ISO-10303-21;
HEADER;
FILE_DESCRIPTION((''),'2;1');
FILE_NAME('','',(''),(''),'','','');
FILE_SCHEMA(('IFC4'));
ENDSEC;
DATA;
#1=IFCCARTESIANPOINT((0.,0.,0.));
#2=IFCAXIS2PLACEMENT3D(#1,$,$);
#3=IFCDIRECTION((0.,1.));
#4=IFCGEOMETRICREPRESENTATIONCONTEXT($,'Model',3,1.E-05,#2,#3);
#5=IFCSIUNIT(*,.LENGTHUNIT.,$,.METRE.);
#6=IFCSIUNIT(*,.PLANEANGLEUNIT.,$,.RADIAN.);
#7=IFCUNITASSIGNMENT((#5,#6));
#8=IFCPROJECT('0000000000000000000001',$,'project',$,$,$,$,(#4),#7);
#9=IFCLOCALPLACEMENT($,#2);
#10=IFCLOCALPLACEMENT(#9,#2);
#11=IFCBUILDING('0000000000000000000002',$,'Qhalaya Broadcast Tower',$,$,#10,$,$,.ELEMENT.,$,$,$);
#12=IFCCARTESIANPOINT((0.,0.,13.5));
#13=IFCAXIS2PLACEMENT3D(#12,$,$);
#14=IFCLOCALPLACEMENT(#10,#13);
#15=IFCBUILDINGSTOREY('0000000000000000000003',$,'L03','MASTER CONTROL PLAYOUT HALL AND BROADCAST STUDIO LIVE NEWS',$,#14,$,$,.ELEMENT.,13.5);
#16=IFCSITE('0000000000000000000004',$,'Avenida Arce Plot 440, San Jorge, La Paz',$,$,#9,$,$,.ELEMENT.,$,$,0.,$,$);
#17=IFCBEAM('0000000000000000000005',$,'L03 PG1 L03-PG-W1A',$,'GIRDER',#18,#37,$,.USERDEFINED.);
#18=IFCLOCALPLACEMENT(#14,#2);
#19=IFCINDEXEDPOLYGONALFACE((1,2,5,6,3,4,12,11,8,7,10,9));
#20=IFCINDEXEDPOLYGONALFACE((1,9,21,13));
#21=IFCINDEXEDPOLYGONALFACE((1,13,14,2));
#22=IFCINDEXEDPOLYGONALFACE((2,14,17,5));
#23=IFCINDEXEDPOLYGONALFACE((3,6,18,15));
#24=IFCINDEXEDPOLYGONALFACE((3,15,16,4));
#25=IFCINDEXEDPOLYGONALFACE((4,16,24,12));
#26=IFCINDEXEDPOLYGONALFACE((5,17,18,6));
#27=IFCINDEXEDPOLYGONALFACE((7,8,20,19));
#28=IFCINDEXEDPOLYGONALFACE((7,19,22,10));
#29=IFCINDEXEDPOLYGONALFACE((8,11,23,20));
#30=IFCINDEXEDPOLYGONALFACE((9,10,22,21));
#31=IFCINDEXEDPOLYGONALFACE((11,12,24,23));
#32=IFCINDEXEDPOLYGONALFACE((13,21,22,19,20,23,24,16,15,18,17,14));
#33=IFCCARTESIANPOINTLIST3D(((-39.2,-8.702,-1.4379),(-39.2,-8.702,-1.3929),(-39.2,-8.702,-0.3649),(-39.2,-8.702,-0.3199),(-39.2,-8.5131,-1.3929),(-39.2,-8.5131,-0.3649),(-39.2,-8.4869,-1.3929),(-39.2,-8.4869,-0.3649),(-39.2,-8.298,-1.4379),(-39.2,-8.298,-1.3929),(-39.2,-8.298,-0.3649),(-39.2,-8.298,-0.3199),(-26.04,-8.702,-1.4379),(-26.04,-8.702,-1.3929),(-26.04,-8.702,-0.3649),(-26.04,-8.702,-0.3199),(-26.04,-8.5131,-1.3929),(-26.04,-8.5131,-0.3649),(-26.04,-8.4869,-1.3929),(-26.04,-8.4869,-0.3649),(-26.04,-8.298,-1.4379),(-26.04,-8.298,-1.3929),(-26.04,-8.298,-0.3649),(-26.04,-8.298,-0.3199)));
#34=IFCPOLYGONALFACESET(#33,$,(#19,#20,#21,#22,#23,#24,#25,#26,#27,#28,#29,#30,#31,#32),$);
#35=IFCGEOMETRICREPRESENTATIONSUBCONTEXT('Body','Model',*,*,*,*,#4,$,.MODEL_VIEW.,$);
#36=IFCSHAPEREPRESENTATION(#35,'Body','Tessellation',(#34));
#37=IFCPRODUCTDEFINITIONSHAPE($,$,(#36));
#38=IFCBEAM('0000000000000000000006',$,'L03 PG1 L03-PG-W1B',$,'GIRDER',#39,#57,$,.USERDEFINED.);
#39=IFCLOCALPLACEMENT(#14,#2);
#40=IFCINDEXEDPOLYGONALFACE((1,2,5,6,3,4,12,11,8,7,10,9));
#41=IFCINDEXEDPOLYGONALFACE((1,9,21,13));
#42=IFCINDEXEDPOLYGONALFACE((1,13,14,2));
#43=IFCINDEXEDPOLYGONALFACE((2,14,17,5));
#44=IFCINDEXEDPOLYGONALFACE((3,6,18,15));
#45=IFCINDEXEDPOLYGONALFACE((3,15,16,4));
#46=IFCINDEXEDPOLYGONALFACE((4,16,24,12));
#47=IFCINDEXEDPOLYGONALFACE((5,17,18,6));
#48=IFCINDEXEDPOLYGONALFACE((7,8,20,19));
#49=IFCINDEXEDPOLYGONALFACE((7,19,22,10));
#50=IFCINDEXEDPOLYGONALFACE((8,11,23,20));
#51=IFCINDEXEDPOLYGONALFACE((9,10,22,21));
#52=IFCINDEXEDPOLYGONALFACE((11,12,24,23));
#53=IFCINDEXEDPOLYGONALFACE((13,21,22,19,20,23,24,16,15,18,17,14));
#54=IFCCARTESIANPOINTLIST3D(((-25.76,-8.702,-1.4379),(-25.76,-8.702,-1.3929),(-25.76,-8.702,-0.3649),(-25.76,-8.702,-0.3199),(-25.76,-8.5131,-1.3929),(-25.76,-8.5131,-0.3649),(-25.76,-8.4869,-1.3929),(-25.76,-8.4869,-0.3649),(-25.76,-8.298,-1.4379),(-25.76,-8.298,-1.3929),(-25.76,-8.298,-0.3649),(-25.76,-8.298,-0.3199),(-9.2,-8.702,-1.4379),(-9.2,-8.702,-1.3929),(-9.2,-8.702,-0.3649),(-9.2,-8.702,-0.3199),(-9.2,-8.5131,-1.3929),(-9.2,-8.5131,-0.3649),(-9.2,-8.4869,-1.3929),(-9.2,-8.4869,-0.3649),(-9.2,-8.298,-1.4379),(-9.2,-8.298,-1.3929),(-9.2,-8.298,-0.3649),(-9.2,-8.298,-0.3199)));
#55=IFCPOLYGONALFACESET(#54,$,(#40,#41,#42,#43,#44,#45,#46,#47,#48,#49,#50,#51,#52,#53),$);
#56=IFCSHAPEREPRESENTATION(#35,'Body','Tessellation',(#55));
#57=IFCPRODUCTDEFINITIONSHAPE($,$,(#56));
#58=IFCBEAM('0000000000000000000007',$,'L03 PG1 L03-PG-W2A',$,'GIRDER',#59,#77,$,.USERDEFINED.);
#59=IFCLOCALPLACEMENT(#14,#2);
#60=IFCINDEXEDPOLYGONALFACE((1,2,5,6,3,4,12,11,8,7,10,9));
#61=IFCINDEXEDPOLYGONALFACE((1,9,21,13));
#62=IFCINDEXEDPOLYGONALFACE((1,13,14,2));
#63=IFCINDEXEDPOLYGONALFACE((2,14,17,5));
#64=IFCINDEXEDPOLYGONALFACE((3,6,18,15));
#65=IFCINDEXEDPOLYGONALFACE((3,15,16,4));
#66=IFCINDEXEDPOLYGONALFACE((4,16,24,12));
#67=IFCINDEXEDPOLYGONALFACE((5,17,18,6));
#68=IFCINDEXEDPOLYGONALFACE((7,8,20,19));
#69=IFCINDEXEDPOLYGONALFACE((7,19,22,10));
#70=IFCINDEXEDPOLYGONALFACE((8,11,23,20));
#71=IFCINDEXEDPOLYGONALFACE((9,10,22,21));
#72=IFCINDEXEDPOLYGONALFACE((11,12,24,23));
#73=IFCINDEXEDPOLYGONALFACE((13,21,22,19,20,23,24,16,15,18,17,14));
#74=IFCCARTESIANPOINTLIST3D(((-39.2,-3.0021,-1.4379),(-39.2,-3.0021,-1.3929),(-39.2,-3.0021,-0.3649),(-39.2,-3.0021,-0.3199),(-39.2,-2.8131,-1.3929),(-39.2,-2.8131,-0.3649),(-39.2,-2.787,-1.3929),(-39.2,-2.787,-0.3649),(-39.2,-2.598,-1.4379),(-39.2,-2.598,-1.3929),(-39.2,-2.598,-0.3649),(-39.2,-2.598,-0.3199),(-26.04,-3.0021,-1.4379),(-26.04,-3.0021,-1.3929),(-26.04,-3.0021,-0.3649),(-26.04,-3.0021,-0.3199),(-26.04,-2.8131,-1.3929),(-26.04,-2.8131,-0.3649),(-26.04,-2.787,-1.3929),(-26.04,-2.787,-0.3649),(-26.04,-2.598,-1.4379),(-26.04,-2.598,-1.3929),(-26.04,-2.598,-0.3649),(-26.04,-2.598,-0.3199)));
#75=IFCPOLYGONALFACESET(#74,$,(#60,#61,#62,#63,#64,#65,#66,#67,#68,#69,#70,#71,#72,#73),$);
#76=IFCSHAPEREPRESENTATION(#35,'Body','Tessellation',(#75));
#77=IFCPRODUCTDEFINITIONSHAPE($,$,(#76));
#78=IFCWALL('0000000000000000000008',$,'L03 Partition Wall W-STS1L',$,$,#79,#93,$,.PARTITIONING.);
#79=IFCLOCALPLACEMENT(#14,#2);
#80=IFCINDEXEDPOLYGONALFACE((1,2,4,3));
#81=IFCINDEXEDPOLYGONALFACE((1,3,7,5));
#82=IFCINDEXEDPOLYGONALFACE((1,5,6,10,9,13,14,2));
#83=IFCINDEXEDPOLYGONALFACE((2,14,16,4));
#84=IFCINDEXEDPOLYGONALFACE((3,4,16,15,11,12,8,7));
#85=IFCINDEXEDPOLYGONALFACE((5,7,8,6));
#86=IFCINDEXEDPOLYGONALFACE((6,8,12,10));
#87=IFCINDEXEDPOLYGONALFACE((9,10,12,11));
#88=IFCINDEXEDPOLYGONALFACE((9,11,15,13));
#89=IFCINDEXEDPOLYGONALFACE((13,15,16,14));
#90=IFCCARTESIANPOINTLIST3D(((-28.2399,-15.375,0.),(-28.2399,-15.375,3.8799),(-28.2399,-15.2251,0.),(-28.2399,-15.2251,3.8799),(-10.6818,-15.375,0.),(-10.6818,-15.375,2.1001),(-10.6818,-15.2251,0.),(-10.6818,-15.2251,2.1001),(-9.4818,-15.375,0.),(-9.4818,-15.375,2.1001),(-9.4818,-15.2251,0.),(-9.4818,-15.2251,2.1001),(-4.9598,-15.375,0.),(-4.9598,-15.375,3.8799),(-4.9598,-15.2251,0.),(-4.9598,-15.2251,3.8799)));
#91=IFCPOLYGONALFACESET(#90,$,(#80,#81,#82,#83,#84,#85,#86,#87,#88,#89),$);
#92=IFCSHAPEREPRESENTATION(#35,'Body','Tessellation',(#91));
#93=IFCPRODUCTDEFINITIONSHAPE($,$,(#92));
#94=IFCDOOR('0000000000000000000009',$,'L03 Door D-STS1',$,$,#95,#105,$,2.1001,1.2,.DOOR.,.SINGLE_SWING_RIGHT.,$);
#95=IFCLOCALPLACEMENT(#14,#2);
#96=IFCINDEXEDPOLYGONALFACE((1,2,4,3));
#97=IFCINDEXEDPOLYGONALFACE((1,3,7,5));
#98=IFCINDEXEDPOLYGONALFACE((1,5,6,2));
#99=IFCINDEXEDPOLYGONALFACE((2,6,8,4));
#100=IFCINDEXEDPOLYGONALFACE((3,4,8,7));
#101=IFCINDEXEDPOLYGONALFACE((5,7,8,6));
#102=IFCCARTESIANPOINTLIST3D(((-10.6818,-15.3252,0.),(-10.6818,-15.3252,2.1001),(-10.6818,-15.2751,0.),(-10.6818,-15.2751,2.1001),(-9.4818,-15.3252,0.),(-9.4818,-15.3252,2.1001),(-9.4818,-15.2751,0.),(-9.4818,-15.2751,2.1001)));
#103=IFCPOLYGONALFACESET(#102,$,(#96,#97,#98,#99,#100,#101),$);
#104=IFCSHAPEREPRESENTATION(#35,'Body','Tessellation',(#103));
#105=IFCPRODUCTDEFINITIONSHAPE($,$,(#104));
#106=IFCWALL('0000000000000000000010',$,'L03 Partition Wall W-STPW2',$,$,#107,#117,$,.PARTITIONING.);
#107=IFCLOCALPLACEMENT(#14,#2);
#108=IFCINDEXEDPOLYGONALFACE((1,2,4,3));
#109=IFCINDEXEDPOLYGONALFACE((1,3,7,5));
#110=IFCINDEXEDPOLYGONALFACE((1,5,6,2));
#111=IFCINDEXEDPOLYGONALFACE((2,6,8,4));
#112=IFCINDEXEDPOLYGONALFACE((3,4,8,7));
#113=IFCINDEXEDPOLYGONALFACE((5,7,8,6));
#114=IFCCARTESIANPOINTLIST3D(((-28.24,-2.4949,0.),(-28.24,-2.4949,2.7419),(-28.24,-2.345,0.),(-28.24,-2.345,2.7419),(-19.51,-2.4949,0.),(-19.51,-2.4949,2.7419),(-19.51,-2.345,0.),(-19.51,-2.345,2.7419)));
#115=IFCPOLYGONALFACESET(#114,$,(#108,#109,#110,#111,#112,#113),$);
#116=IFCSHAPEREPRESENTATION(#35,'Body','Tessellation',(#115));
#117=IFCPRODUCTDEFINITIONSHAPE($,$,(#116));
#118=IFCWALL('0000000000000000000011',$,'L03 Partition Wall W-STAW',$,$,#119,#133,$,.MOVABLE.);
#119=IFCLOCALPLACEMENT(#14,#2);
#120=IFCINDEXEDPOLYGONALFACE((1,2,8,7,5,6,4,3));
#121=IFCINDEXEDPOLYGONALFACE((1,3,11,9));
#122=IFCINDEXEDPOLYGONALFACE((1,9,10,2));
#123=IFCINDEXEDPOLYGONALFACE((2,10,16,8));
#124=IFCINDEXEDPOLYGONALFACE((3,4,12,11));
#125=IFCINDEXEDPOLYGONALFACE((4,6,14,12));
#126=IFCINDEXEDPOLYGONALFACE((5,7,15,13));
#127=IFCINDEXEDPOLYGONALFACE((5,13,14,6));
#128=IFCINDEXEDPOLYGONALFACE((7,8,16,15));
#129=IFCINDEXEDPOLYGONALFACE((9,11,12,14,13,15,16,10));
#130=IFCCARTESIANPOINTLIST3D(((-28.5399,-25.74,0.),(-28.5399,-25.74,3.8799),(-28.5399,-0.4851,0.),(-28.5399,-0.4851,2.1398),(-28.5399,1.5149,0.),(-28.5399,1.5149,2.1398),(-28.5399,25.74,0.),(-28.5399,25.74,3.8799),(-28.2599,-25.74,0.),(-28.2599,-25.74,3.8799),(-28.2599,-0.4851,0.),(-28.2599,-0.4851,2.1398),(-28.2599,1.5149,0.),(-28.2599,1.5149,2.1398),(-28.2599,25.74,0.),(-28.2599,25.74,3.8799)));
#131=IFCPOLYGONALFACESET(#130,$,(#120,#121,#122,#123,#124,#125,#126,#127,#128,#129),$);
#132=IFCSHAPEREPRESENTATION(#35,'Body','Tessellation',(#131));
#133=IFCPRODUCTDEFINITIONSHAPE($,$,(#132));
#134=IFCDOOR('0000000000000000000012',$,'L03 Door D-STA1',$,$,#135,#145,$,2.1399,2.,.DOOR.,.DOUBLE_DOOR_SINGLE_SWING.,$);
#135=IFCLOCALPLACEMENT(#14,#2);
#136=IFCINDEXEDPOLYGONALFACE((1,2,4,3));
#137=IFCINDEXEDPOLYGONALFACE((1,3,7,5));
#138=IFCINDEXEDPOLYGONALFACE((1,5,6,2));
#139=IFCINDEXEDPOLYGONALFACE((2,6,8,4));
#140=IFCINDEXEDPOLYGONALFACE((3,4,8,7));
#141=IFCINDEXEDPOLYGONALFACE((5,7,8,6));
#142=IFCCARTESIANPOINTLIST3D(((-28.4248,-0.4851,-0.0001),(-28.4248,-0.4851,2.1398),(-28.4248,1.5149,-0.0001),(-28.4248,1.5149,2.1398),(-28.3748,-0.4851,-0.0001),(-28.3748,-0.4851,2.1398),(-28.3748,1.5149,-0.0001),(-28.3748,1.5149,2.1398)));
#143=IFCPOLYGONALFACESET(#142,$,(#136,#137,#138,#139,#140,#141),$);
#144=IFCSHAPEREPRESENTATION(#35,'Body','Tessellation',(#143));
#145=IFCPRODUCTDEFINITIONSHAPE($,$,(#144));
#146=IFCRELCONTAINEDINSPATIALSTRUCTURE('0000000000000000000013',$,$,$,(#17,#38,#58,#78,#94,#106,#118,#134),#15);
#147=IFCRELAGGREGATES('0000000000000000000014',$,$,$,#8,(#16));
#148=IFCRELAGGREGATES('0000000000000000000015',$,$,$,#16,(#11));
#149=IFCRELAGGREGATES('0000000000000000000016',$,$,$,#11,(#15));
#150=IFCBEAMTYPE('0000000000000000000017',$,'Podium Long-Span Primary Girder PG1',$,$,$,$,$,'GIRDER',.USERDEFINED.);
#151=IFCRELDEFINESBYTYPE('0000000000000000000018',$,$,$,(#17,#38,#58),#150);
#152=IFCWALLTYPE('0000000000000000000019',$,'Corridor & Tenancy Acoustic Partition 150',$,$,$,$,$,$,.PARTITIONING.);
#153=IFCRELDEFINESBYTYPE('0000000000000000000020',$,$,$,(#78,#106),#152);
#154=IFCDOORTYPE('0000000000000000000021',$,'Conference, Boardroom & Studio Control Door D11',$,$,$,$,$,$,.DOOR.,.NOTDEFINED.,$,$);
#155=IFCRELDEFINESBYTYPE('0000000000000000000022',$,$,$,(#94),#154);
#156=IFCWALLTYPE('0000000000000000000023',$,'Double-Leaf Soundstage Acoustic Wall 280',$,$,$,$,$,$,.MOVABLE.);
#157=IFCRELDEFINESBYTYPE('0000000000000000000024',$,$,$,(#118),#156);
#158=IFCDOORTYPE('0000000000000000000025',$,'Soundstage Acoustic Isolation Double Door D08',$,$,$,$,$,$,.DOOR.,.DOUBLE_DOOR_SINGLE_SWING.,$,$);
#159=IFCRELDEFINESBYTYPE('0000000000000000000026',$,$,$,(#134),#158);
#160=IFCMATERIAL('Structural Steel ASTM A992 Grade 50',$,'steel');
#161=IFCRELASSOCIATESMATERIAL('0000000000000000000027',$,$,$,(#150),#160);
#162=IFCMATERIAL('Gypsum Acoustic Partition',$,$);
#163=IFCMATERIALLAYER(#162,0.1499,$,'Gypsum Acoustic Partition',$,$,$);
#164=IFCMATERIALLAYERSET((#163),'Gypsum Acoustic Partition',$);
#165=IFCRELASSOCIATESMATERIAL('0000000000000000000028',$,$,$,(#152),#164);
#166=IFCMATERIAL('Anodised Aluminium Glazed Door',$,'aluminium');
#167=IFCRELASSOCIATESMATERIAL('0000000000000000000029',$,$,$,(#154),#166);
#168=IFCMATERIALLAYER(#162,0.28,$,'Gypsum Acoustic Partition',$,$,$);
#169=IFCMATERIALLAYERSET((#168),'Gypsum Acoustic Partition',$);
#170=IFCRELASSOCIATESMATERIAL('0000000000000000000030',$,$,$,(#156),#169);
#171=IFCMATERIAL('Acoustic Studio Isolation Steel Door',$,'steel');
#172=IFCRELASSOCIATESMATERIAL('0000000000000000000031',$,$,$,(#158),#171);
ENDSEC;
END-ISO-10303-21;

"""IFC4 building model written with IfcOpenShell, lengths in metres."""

from ifc_helpers import new_model, si_unit, direction, frame, frame_2d, origin, origin_2d, place, context, subcontext, project, spatial, rectangle, i_section, extrude, material, layer, layer_set, material_profile, profile_set, type_object, element, fill, save


model = new_model("IFC4")

# Units and contexts
model_context = context("Model", 3, precision=1e-05, world=origin(), true_north=direction((0.0, 1.0)))
body_context = subcontext(model_context, "Body", "Model", "MODEL_VIEW")
ifc_project = project(units=[si_unit("LENGTHUNIT", "METRE"), si_unit("PLANEANGLEUNIT", "RADIAN")], contexts=[model_context])

# Site, building, storey
site_placement = place(None, origin())
site = spatial("IfcSite", under=ifc_project, at=site_placement, Name="Avenida Arce Plot 440, San Jorge, La Paz", CompositionType="ELEMENT", RefElevation=0.0)
building_placement = place(site_placement, origin())
building = spatial("IfcBuilding", under=site, at=building_placement, Name="Qhalaya Broadcast Tower", CompositionType="ELEMENT")
storey_placement = place(building_placement, frame((0.0, 0.0, 13.5)))
storey = spatial("IfcBuildingStorey", under=building, at=storey_placement, Name="L03", Description="MASTER CONTROL PLAYOUT HALL AND BROADCAST STUDIO LIVE NEWS", CompositionType="ELEMENT", Elevation=13.5)

# Beams
ifc_material_1 = material(Name="Structural Steel ASTM A992 Grade 50", Category="steel")
ifc_material_profile_1 = material_profile(ifc_material_1, i_section(OverallWidth=0.4041, OverallDepth=1.1179, WebThickness=0.0261, FlangeThickness=0.0449, at=origin_2d()), Name="W44X335")
ifc_profile_set_1 = profile_set([ifc_material_profile_1], Name="Structural Steel ASTM A992 Grade 50")
beam_type_1 = type_object("IfcBeamType", Name="Podium Long-Span Primary Girder PG1", ElementType="GIRDER", PredefinedType="USERDEFINED", material=ifc_profile_set_1)
beam_1_placement = place(storey_placement, frame((-39.2, -8.5, -0.8789), z_axis=(1.0, 0.0, 0.0), x_axis=(0.0, 1.0, 0.0)))
element("IfcBeam", 1, at=beam_1_placement, inside=storey, type_object=beam_type_1, Name="L03 PG1 L03-PG-W1A", ObjectType="GIRDER", PredefinedType="USERDEFINED", context=body_context, shape_type="SweptSolid", body=[
    extrude(i_section(OverallWidth=0.4041, OverallDepth=1.1179, WebThickness=0.0261, FlangeThickness=0.0449, at=origin_2d()), origin(), (0.0, 0.0, 1.0), 13.1599),
])
beam_2_placement = place(storey_placement, frame((-25.76, -8.5, -0.8789), z_axis=(1.0, 0.0, 0.0), x_axis=(0.0, 1.0, 0.0)))
element("IfcBeam", 2, at=beam_2_placement, inside=storey, type_object=beam_type_1, Name="L03 PG1 L03-PG-W1B", ObjectType="GIRDER", PredefinedType="USERDEFINED", context=body_context, shape_type="SweptSolid", body=[
    extrude(i_section(OverallWidth=0.4041, OverallDepth=1.1179, WebThickness=0.0261, FlangeThickness=0.0449, at=origin_2d()), origin(), (0.0, 0.0, 1.0), 16.5601),
])
beam_3_placement = place(storey_placement, frame((-39.2, -2.8, -0.8789), z_axis=(1.0, 0.0, 0.0), x_axis=(0.0, 1.0, 0.0)))
element("IfcBeam", 3, at=beam_3_placement, inside=storey, type_object=beam_type_1, Name="L03 PG1 L03-PG-W2A", ObjectType="GIRDER", PredefinedType="USERDEFINED", context=body_context, shape_type="SweptSolid", body=[
    extrude(i_section(OverallWidth=0.4041, OverallDepth=1.1179, WebThickness=0.0261, FlangeThickness=0.0449, at=origin_2d()), origin(), (0.0, 0.0, 1.0), 13.1599),
])

# Wall, opening, door
ifc_material_2 = material(Name="Gypsum Acoustic Partition")
ifc_layer_1 = layer(ifc_material_2, 0.1499, Name="Gypsum Acoustic Partition")
ifc_layer_set_1 = layer_set([ifc_layer_1], Name="Gypsum Acoustic Partition")
wall_type_1 = type_object("IfcWallType", Name="Corridor & Tenancy Acoustic Partition 150", PredefinedType="PARTITIONING", material=ifc_layer_set_1)
wall_1_placement = place(storey_placement, frame((-28.24, -15.3, 0.0), z_axis=(0.0, 0.0, 1.0), x_axis=(1.0, 0.0, 0.0)))
wall_1 = element("IfcWall", 4, at=wall_1_placement, inside=storey, type_object=wall_type_1, Name="L03 Partition Wall W-STS1L", PredefinedType="PARTITIONING", context=body_context, shape_type="SweptSolid", body=[
    extrude(rectangle(XDim=23.28, YDim=0.1499, at=frame_2d((11.6401, 0.0))), origin(), (0.0, 0.0, 1.0), 3.8799),
])
opening_1_placement = place(wall_1_placement, frame((17.5581, 0.0, 0.0)))
opening_1 = element("IfcOpeningElement", 5, at=opening_1_placement, cuts=wall_1, PredefinedType="OPENING", context=body_context, shape_type="SweptSolid", body=[
    extrude(rectangle(XDim=1.2, YDim=2.1001, at=frame_2d((0.6001, 1.05))), frame((0.0, 0.0869, 0.0), z_axis=(0.0, -1.0, 0.0), x_axis=(1.0, 0.0, 0.0)), (0.0, 0.0, 1.0), 0.1738),
])
ifc_material_3 = material(Name="Anodised Aluminium Glazed Door", Category="aluminium")
door_type_1 = type_object("IfcDoorType", Name="Conference, Boardroom & Studio Control Door D11", OperationType="NOTDEFINED", PredefinedType="DOOR", material=ifc_material_3)
door_1_placement = place(opening_1_placement, origin())
door_1 = element("IfcDoor", 6, at=door_1_placement, inside=storey, type_object=door_type_1, Name="L03 Door D-STS1", OperationType="SINGLE_SWING_RIGHT", OverallHeight=2.1001, OverallWidth=1.2, PredefinedType="DOOR", context=body_context, shape_type="SweptSolid", body=[
    extrude(rectangle(XDim=1.2, YDim=2.1001, at=frame_2d((0.6001, 1.05))), frame((0.0, 0.0249, 0.0), z_axis=(0.0, -1.0, 0.0), x_axis=(1.0, 0.0, 0.0)), (0.0, 0.0, 1.0), 0.05),
])
fill(opening_1, door_1)

# Wall
wall_2_placement = place(storey_placement, frame((-28.24, -2.4199, 0.0), z_axis=(0.0, 0.0, 1.0), x_axis=(1.0, 0.0, 0.0)))
element("IfcWall", 7, at=wall_2_placement, inside=storey, type_object=wall_type_1, Name="L03 Partition Wall W-STPW2", PredefinedType="PARTITIONING", context=body_context, shape_type="SweptSolid", body=[
    extrude(rectangle(XDim=8.73, YDim=0.1499, at=frame_2d((4.365, 0.0))), origin(), (0.0, 0.0, 1.0), 2.7419),
])

# Wall, opening, door
ifc_layer_2 = layer(ifc_material_2, 0.28, Name="Gypsum Acoustic Partition")
ifc_layer_set_2 = layer_set([ifc_layer_2], Name="Gypsum Acoustic Partition")
wall_type_2 = type_object("IfcWallType", Name="Double-Leaf Soundstage Acoustic Wall 280", PredefinedType="MOVABLE", material=ifc_layer_set_2)
wall_3_placement = place(storey_placement, frame((-28.3999, -25.74, 0.0), z_axis=(0.0, 0.0, 1.0), x_axis=(0.0, 1.0, 0.0)))
wall_3 = element("IfcWall", 8, at=wall_3_placement, inside=storey, type_object=wall_type_2, Name="L03 Partition Wall W-STAW", PredefinedType="MOVABLE", context=body_context, shape_type="SweptSolid", body=[
    extrude(rectangle(XDim=51.48, YDim=0.28, at=frame_2d((25.74, 0.0))), origin(), (0.0, 0.0, 1.0), 3.8799),
])
opening_2_placement = place(wall_3_placement, frame((25.2549, 0.0, 0.0)))
opening_2 = element("IfcOpeningElement", 9, at=opening_2_placement, cuts=wall_3, PredefinedType="OPENING", context=body_context, shape_type="SweptSolid", body=[
    extrude(rectangle(XDim=2.0, YDim=2.1399, at=frame_2d((1.0, 1.0698))), frame((0.0, 0.1521, 0.0), z_axis=(0.0, -1.0, 0.0), x_axis=(1.0, 0.0, 0.0)), (0.0, 0.0, 1.0), 0.304),
])
ifc_material_4 = material(Name="Acoustic Studio Isolation Steel Door", Category="steel")
door_type_2 = type_object("IfcDoorType", Name="Soundstage Acoustic Isolation Double Door D08", OperationType="DOUBLE_DOOR_SINGLE_SWING", PredefinedType="DOOR", material=ifc_material_4)
door_2_placement = place(opening_2_placement, origin())
door_2 = element("IfcDoor", 10, at=door_2_placement, inside=storey, type_object=door_type_2, Name="L03 Door D-STA1", OperationType="DOUBLE_DOOR_SINGLE_SWING", OverallHeight=2.1399, OverallWidth=2.0, PredefinedType="DOOR", context=body_context, shape_type="SweptSolid", body=[
    extrude(rectangle(XDim=2.0, YDim=2.1399, at=frame_2d((1.0, 1.0698))), frame((0.0, 0.0249, 0.0), z_axis=(0.0, -1.0, 0.0), x_axis=(1.0, 0.0, 0.0)), (0.0, 0.0, 1.0), 0.05),
])
fill(opening_2, door_2)

save(model, "model.ifc")
